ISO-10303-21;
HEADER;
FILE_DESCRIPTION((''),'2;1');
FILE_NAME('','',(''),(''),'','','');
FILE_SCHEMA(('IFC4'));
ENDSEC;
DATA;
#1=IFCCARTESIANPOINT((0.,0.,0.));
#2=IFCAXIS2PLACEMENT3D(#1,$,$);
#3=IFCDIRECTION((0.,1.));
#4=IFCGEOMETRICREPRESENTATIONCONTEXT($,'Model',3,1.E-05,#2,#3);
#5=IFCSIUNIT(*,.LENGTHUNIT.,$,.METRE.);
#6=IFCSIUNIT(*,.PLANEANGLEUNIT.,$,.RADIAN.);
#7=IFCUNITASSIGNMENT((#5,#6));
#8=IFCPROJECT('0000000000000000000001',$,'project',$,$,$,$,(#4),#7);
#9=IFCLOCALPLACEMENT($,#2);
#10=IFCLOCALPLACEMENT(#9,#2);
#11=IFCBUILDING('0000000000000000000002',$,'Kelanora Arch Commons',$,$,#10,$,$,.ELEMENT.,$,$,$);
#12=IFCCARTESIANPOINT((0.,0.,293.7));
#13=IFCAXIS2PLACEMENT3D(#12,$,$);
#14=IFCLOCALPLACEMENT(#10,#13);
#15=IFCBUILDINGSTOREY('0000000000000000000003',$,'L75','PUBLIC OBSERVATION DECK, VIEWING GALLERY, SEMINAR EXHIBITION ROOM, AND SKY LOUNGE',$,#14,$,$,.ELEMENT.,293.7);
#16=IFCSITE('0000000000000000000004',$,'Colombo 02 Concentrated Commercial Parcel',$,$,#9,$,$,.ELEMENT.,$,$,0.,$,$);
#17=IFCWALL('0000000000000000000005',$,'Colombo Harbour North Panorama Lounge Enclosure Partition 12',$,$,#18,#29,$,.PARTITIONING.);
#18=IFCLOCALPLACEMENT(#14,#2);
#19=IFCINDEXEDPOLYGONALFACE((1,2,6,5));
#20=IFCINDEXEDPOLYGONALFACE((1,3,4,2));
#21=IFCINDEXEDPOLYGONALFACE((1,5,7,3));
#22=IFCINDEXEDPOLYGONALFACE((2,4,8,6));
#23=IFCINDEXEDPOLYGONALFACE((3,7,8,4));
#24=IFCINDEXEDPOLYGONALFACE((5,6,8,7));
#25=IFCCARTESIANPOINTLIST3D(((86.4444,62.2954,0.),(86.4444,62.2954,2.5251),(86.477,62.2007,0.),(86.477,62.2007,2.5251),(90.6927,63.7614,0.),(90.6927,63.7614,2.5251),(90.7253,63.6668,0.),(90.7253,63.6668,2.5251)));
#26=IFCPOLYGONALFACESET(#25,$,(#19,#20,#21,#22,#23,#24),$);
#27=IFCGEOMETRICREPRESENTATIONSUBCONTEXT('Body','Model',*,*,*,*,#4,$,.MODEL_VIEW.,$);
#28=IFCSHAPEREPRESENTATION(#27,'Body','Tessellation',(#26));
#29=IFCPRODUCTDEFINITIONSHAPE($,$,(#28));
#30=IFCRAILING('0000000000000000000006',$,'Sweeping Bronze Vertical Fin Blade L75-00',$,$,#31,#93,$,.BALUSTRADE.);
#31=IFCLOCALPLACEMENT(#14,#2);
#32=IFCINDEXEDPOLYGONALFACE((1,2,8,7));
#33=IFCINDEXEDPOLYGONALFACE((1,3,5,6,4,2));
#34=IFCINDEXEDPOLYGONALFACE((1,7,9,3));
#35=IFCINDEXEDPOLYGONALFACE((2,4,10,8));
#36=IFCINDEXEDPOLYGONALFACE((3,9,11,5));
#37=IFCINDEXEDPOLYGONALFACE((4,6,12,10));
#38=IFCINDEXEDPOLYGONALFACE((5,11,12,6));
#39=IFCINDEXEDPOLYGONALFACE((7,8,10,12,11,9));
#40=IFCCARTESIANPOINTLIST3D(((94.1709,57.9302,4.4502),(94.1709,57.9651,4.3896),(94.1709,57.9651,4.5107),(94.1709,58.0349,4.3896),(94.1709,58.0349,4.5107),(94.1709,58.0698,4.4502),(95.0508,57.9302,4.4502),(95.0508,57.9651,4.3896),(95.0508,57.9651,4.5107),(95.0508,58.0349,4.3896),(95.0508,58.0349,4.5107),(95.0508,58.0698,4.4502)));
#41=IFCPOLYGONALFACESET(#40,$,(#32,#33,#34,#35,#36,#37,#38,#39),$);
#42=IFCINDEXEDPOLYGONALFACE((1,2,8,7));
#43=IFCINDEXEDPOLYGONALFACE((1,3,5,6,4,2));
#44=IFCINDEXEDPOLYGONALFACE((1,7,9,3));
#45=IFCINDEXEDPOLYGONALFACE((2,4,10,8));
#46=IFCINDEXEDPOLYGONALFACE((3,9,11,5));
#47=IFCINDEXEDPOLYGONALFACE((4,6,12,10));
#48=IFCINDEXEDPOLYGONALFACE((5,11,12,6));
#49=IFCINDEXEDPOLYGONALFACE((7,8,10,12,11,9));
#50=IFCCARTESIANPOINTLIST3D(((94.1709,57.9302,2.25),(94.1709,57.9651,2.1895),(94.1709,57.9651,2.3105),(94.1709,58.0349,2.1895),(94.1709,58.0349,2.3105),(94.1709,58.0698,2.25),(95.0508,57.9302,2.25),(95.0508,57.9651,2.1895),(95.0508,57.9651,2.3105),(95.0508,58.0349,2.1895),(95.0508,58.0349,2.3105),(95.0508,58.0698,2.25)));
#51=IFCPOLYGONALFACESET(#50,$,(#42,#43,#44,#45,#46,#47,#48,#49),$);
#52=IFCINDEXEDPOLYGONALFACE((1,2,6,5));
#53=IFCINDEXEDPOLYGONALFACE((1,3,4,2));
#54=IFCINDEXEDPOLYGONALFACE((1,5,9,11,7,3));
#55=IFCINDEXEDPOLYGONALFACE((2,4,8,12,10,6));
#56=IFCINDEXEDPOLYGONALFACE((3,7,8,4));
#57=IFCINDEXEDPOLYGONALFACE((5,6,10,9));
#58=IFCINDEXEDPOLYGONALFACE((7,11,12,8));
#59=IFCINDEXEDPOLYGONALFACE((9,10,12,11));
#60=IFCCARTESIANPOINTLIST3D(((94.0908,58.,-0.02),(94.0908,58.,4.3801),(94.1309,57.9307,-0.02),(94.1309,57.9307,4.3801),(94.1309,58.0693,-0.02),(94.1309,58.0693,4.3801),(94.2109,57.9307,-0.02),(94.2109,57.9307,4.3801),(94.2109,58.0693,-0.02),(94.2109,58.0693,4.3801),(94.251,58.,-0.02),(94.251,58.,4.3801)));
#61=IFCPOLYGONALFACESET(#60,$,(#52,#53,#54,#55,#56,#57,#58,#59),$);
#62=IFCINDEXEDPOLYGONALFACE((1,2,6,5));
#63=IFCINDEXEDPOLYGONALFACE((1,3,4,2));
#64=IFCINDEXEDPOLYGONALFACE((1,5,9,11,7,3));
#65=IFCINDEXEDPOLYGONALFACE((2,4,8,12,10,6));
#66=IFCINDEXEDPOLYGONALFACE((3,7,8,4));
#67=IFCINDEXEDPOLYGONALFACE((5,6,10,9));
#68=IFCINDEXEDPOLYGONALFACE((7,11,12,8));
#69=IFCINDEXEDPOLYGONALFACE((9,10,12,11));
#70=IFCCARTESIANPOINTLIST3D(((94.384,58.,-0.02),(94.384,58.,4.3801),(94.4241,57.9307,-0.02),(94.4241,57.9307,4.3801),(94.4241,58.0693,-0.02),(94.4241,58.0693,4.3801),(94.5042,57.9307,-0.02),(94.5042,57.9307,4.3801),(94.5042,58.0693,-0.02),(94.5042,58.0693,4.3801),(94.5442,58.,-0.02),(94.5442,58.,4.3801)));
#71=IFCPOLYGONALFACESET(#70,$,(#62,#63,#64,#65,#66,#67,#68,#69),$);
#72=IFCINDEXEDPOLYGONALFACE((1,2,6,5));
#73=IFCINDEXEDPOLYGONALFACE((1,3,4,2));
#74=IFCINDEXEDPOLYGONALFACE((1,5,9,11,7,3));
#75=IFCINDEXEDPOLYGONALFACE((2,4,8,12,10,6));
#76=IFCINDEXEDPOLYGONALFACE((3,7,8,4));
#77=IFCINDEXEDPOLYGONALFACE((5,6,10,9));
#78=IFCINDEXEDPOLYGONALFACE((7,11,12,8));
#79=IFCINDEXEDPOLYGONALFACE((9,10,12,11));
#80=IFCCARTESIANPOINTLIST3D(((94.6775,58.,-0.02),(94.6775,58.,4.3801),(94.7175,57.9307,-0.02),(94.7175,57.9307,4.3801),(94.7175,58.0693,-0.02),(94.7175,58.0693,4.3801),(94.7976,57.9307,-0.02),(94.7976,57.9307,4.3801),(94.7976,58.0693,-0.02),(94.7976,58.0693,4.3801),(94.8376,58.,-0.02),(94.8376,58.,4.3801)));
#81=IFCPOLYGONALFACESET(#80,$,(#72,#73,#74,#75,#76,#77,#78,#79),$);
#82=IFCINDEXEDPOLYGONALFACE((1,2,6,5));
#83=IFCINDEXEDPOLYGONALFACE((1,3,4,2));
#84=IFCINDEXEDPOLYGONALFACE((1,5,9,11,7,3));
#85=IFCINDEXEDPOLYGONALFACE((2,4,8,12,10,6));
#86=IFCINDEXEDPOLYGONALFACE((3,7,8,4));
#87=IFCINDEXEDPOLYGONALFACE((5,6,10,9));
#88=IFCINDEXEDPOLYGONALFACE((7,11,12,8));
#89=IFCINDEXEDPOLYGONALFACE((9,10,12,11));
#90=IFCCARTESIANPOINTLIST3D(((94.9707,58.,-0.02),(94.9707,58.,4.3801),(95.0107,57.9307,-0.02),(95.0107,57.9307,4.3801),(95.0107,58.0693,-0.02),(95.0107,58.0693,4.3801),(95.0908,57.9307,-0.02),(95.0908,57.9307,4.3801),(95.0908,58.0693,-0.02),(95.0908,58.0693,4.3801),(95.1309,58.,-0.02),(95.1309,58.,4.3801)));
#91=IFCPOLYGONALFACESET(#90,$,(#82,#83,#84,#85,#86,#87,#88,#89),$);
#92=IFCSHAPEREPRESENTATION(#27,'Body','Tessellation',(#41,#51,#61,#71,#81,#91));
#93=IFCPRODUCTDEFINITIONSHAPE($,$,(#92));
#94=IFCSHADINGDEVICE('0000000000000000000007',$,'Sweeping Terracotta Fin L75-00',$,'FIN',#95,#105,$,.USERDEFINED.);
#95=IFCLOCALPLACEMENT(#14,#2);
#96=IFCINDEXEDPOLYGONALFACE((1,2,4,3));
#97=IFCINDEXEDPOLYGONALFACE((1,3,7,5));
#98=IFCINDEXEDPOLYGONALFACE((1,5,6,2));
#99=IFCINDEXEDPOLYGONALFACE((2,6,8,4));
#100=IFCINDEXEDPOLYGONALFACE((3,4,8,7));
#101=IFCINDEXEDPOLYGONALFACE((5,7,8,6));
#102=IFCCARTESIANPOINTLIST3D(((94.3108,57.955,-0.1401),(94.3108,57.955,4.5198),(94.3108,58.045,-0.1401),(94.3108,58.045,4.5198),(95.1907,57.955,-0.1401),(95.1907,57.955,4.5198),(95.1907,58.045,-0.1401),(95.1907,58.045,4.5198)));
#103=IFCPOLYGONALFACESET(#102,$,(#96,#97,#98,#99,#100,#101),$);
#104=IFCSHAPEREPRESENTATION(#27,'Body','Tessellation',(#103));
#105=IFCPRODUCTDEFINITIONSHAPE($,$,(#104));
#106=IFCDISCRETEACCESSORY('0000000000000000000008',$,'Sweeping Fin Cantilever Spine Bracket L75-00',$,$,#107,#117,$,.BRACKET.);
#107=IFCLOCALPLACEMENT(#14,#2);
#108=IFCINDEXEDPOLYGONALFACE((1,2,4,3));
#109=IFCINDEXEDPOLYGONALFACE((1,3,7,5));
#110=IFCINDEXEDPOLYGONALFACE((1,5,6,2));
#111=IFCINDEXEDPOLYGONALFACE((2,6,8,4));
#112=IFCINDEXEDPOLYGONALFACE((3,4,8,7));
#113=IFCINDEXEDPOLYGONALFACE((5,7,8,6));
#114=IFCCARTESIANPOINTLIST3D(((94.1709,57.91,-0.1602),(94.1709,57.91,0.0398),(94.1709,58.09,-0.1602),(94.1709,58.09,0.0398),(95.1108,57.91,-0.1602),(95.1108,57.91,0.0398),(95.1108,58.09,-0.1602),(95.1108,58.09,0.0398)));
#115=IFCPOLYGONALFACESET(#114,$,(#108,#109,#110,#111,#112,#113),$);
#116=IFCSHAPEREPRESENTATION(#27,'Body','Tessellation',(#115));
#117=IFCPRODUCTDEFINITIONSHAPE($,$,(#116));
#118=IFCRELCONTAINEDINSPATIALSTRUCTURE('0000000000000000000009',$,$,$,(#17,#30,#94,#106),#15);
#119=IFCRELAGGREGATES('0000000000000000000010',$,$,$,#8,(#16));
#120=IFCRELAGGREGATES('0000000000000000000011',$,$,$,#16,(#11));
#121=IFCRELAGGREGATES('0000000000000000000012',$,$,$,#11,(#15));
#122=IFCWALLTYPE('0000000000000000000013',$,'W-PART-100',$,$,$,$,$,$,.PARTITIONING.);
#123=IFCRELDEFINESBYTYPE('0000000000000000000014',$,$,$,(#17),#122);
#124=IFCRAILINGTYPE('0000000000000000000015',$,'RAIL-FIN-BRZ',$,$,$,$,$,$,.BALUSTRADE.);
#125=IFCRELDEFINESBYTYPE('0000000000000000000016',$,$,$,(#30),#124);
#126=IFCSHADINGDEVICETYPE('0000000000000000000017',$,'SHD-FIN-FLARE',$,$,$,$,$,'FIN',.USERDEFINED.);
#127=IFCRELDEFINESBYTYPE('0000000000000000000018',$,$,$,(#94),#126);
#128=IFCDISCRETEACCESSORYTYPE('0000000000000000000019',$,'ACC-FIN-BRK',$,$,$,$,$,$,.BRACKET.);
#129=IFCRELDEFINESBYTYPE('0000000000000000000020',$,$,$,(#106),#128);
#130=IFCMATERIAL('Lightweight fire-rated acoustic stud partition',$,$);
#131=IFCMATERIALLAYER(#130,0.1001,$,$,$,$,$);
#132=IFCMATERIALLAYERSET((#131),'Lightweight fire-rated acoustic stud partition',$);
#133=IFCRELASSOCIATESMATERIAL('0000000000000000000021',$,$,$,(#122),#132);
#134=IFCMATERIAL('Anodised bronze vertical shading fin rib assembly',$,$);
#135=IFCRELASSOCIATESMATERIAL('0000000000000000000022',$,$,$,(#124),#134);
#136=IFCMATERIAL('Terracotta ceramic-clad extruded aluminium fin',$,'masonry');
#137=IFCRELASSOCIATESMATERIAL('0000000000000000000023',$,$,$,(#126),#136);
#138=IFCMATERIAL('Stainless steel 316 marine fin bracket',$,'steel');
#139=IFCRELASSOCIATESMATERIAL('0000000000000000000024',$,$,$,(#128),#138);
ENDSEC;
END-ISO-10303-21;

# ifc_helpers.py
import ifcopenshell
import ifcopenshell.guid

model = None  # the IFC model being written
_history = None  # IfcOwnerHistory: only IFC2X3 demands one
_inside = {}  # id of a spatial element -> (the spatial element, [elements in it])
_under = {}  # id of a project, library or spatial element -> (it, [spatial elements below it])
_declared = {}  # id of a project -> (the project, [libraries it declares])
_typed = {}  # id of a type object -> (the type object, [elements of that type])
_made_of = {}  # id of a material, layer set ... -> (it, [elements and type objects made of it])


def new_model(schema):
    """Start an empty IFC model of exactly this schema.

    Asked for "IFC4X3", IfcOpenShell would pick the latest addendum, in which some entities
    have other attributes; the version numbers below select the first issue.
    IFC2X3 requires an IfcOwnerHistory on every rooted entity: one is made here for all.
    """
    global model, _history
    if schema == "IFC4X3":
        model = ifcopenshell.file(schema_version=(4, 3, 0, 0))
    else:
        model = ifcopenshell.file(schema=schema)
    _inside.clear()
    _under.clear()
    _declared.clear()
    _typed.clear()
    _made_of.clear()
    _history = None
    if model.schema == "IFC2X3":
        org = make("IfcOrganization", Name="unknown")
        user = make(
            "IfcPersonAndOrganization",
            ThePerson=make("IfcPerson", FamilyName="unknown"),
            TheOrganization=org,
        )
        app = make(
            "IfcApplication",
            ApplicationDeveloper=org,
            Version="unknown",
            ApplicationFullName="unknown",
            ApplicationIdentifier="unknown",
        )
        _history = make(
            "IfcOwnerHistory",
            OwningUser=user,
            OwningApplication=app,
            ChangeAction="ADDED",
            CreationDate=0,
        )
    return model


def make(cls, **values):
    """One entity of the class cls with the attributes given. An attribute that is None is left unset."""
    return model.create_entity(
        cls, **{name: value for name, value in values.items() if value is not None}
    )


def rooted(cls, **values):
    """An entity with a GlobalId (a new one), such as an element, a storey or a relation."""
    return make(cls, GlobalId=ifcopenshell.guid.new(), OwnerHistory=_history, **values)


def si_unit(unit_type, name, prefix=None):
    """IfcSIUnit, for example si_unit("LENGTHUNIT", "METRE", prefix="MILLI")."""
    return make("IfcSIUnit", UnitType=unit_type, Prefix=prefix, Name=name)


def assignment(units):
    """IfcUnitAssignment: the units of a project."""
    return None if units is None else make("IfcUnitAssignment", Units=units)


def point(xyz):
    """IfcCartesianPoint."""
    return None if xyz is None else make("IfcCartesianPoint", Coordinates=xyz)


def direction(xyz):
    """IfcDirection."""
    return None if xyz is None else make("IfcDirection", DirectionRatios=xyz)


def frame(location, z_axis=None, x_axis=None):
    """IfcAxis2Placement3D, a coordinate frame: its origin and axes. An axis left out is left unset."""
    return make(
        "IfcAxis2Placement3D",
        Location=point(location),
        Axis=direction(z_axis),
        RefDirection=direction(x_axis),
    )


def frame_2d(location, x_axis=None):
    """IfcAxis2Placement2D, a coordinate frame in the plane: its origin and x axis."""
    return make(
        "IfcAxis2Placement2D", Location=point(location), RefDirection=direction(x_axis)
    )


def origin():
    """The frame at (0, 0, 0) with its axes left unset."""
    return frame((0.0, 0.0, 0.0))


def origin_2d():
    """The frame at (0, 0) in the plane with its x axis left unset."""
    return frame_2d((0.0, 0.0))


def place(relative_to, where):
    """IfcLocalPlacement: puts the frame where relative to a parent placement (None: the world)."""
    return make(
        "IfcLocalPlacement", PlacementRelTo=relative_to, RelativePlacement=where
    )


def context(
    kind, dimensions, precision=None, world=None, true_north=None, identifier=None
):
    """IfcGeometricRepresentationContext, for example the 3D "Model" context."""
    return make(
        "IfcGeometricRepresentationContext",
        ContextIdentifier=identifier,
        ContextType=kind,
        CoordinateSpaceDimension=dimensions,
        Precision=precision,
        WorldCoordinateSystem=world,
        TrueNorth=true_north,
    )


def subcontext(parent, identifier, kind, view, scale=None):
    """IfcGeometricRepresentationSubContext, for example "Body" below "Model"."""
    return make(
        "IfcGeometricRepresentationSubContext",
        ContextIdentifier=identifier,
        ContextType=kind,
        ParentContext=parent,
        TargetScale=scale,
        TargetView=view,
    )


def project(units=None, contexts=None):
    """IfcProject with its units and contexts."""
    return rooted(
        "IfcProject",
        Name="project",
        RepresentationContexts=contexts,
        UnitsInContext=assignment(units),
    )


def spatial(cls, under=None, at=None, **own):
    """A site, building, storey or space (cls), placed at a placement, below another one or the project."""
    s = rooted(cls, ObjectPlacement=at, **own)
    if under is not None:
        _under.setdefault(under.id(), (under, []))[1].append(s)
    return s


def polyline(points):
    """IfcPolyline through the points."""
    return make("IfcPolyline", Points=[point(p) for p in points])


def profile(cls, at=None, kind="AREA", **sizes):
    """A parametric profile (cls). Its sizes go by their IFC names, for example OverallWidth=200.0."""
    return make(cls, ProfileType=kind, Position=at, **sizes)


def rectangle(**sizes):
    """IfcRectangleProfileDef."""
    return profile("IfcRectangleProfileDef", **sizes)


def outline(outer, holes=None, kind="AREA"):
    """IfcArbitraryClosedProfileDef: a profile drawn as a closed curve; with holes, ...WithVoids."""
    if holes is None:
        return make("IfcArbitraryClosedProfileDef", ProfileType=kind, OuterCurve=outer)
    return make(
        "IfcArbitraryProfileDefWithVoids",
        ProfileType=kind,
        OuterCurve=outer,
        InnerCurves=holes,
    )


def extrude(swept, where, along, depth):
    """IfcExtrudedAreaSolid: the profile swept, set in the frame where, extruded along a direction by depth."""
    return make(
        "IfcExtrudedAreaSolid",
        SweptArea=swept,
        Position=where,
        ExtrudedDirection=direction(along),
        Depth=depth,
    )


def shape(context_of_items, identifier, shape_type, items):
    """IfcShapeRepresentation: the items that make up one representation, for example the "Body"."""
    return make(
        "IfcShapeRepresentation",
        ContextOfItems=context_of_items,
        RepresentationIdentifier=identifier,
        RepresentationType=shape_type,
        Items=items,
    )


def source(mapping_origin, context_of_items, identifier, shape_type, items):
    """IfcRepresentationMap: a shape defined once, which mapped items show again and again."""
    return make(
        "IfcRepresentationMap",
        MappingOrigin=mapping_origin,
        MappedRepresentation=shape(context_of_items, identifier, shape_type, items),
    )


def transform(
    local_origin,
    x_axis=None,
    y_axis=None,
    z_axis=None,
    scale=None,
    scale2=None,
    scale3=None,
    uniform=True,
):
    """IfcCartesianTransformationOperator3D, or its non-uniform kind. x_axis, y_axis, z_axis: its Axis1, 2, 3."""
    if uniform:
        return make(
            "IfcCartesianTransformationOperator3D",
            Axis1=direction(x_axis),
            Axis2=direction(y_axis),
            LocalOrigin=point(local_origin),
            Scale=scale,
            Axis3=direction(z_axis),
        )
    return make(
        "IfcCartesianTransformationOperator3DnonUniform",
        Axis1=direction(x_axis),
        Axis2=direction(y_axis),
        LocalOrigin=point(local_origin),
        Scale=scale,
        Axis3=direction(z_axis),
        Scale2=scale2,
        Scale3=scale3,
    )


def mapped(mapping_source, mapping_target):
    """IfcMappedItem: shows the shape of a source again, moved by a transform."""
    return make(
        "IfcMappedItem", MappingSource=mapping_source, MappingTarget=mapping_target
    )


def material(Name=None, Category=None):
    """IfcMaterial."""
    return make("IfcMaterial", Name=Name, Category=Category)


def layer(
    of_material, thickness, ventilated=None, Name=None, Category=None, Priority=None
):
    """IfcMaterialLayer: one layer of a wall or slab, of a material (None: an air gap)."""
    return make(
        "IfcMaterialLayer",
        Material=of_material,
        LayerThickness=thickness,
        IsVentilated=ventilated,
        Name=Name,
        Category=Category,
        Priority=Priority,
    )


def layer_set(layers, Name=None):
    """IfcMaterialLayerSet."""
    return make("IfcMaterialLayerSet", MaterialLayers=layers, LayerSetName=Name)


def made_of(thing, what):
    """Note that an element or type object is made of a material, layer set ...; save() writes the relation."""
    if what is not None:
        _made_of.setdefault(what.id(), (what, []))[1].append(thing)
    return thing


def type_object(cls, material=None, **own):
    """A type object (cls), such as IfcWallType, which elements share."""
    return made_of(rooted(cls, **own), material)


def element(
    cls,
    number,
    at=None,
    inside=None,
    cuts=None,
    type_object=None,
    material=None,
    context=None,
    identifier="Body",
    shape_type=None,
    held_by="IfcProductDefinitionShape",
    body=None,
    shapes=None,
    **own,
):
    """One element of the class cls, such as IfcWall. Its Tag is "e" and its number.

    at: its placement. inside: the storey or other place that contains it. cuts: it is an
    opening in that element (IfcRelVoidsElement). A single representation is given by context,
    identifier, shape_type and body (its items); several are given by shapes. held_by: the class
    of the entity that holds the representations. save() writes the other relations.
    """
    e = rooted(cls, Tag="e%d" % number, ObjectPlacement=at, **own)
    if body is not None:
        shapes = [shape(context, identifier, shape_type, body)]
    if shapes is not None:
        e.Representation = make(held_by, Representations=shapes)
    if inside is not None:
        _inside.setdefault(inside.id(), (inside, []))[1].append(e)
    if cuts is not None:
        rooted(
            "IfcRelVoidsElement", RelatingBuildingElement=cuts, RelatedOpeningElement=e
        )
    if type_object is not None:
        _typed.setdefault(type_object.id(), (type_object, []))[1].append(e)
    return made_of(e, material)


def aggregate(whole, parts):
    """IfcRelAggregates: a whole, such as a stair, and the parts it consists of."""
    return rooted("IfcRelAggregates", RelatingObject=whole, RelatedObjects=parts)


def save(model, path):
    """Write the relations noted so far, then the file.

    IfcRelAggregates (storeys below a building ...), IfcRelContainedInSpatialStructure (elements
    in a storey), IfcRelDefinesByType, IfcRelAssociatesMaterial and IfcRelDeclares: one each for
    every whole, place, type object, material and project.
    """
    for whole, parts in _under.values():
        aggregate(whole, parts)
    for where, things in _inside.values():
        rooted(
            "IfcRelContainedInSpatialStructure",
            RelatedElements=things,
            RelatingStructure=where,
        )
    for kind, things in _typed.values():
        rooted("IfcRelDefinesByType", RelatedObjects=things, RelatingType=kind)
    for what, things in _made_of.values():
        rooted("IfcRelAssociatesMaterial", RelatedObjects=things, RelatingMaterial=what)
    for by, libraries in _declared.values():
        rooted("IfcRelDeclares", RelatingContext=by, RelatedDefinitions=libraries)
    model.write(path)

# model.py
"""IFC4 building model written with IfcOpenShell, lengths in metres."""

from ifc_helpers import new_model, si_unit, direction, frame, frame_2d, origin, origin_2d, place, context, subcontext, project, spatial, polyline, rectangle, outline, extrude, source, transform, mapped, material, layer, layer_set, type_object, element, save


model = new_model("IFC4")

# Units and contexts
model_context = context("Model", 3, precision=1e-05, world=origin(), true_north=direction((0.0, 1.0)))
body_context = subcontext(model_context, "Body", "Model", "MODEL_VIEW")
ifc_project = project(units=[si_unit("LENGTHUNIT", "METRE"), si_unit("PLANEANGLEUNIT", "RADIAN")], contexts=[model_context])

# Site, building, storey
site_placement = place(None, origin())
site = spatial("IfcSite", under=ifc_project, at=site_placement, Name="Colombo 02 Concentrated Commercial Parcel", CompositionType="ELEMENT", RefElevation=0.0)
building_placement = place(site_placement, origin())
building = spatial("IfcBuilding", under=site, at=building_placement, Name="Kelanora Arch Commons", CompositionType="ELEMENT")
storey_placement = place(building_placement, frame((0.0, 0.0, 293.7)))
storey = spatial("IfcBuildingStorey", under=building, at=storey_placement, Name="L75", Description="PUBLIC OBSERVATION DECK, VIEWING GALLERY, SEMINAR EXHIBITION ROOM, AND SKY LOUNGE", CompositionType="ELEMENT", Elevation=293.7)

# Wall
ifc_material_1 = material(Name="Lightweight fire-rated acoustic stud partition")
ifc_layer_1 = layer(ifc_material_1, 0.1001)
ifc_layer_set_1 = layer_set([ifc_layer_1], Name="Lightweight fire-rated acoustic stud partition")
wall_type = type_object("IfcWallType", Name="W-PART-100", PredefinedType="PARTITIONING", material=ifc_layer_set_1)
wall_placement = place(storey_placement, frame((90.709, 63.7141, 0.0), z_axis=(0.0, 0.0, 1.0), x_axis=(-0.945295, -0.326217, 0.0)))
element("IfcWall", 1, at=wall_placement, inside=storey, type_object=wall_type, Name="Colombo Harbour North Panorama Lounge Enclosure Partition 12", PredefinedType="PARTITIONING", context=body_context, shape_type="SweptSolid", body=[
    extrude(rectangle(XDim=4.4941, YDim=0.1001, at=frame_2d((2.2471, 0.0))), origin(), (0.0, 0.0, 1.0), 2.5251),
])

# Railing
ifc_material_2 = material(Name="Anodised bronze vertical shading fin rib assembly")
railing_type_1 = type_object("IfcRailingType", Name="RAIL-FIN-BRZ", PredefinedType="BALUSTRADE", material=ifc_material_2)
railing_1_placement = place(storey_placement, frame((94.1709, 58.0, -0.02)))
element("IfcRailing", 2, at=railing_1_placement, inside=storey, type_object=railing_type_1, Name="Sweeping Bronze Vertical Fin Blade L75-00", PredefinedType="BALUSTRADE", context=body_context, shape_type="SweptSolid", body=[
    extrude(outline(polyline([(0.0698, 0.0), (0.0349, 0.0605), (-0.0349, 0.0605), (-0.0698, 0.0), (-0.0349, -0.0605), (0.0349, -0.0605), (0.0698, 0.0)])), frame((0.0, 0.0, 4.4702), z_axis=(1.0, 0.0, 0.0), x_axis=(0.0, 1.0, 0.0)), (0.0, 0.0, 1.0), 0.8799),
    extrude(outline(polyline([(0.0698, 0.0), (0.0349, 0.0605), (-0.0349, 0.0605), (-0.0698, 0.0), (-0.0349, -0.0605), (0.0349, -0.0605), (0.0698, 0.0)])), frame((0.0, 0.0, 2.27), z_axis=(1.0, 0.0, 0.0), x_axis=(0.0, 1.0, 0.0)), (0.0, 0.0, 1.0), 0.8799),
    extrude(outline(polyline([(0.0801, 0.0), (0.04, 0.0693), (-0.04, 0.0693), (-0.0801, 0.0), (-0.04, -0.0693), (0.04, -0.0693), (0.0801, 0.0)])), origin(), (0.0, 0.0, 1.0), 4.4001),
    extrude(outline(polyline([(0.0801, 0.0), (0.04, 0.0693), (-0.04, 0.0693), (-0.0801, 0.0), (-0.04, -0.0693), (0.04, -0.0693), (0.0801, 0.0)])), frame((0.2932, 0.0, 0.0)), (0.0, 0.0, 1.0), 4.4001),
    extrude(outline(polyline([(0.0801, 0.0), (0.04, 0.0693), (-0.04, 0.0693), (-0.0801, 0.0), (-0.04, -0.0693), (0.04, -0.0693), (0.0801, 0.0)])), frame((0.5867, 0.0, 0.0)), (0.0, 0.0, 1.0), 4.4001),
    extrude(outline(polyline([(0.0801, 0.0), (0.04, 0.0693), (-0.04, 0.0693), (-0.0801, 0.0), (-0.04, -0.0693), (0.04, -0.0693), (0.0801, 0.0)])), frame((0.8799, 0.0, 0.0)), (0.0, 0.0, 1.0), 4.4001),
])

# Shading device
ifc_material_3 = material(Name="Terracotta ceramic-clad extruded aluminium fin", Category="masonry")
shading_device_type = type_object("IfcShadingDeviceType", Name="SHD-FIN-FLARE", ElementType="FIN", PredefinedType="USERDEFINED", material=ifc_material_3)
shared_shape_1 = source(origin(), body_context, "Body", "SweptSolid", [
    extrude(rectangle(XDim=0.8799, YDim=0.0901, at=origin_2d()), origin(), (0.0, 0.0, 1.0), 4.6599),
])
shading_device_placement = place(storey_placement, frame((94.7507, 58.0, -0.1401), z_axis=(0.0, 0.0, 1.0), x_axis=(1.0, 0.0, 0.0)))
element("IfcShadingDevice", 3, at=shading_device_placement, inside=storey, type_object=shading_device_type, Name="Sweeping Terracotta Fin L75-00", ObjectType="FIN", PredefinedType="USERDEFINED", context=body_context, shape_type="MappedRepresentation", body=[
    mapped(shared_shape_1, transform((0.0, 0.0, 0.0), scale=1.0)),
])

# Discrete accessory
ifc_material_4 = material(Name="Stainless steel 316 marine fin bracket", Category="steel")
discrete_accessory_type = type_object("IfcDiscreteAccessoryType", Name="ACC-FIN-BRK", PredefinedType="BRACKET", material=ifc_material_4)
shared_shape_2 = source(origin(), body_context, "Body", "SweptSolid", [
    extrude(rectangle(XDim=0.9399, YDim=0.1799, at=origin_2d()), origin(), (0.0, 0.0, 1.0), 0.2),
])
discrete_accessory_placement = place(storey_placement, frame((94.6409, 58.0, -0.1602), z_axis=(0.0, 0.0, 1.0), x_axis=(1.0, 0.0, 0.0)))
element("IfcDiscreteAccessory", 4, at=discrete_accessory_placement, inside=storey, type_object=discrete_accessory_type, Name="Sweeping Fin Cantilever Spine Bracket L75-00", PredefinedType="BRACKET", context=body_context, shape_type="MappedRepresentation", body=[
    mapped(shared_shape_2, transform((0.0, 0.0, 0.0), scale=1.0)),
])

save(model, "model.ifc")
